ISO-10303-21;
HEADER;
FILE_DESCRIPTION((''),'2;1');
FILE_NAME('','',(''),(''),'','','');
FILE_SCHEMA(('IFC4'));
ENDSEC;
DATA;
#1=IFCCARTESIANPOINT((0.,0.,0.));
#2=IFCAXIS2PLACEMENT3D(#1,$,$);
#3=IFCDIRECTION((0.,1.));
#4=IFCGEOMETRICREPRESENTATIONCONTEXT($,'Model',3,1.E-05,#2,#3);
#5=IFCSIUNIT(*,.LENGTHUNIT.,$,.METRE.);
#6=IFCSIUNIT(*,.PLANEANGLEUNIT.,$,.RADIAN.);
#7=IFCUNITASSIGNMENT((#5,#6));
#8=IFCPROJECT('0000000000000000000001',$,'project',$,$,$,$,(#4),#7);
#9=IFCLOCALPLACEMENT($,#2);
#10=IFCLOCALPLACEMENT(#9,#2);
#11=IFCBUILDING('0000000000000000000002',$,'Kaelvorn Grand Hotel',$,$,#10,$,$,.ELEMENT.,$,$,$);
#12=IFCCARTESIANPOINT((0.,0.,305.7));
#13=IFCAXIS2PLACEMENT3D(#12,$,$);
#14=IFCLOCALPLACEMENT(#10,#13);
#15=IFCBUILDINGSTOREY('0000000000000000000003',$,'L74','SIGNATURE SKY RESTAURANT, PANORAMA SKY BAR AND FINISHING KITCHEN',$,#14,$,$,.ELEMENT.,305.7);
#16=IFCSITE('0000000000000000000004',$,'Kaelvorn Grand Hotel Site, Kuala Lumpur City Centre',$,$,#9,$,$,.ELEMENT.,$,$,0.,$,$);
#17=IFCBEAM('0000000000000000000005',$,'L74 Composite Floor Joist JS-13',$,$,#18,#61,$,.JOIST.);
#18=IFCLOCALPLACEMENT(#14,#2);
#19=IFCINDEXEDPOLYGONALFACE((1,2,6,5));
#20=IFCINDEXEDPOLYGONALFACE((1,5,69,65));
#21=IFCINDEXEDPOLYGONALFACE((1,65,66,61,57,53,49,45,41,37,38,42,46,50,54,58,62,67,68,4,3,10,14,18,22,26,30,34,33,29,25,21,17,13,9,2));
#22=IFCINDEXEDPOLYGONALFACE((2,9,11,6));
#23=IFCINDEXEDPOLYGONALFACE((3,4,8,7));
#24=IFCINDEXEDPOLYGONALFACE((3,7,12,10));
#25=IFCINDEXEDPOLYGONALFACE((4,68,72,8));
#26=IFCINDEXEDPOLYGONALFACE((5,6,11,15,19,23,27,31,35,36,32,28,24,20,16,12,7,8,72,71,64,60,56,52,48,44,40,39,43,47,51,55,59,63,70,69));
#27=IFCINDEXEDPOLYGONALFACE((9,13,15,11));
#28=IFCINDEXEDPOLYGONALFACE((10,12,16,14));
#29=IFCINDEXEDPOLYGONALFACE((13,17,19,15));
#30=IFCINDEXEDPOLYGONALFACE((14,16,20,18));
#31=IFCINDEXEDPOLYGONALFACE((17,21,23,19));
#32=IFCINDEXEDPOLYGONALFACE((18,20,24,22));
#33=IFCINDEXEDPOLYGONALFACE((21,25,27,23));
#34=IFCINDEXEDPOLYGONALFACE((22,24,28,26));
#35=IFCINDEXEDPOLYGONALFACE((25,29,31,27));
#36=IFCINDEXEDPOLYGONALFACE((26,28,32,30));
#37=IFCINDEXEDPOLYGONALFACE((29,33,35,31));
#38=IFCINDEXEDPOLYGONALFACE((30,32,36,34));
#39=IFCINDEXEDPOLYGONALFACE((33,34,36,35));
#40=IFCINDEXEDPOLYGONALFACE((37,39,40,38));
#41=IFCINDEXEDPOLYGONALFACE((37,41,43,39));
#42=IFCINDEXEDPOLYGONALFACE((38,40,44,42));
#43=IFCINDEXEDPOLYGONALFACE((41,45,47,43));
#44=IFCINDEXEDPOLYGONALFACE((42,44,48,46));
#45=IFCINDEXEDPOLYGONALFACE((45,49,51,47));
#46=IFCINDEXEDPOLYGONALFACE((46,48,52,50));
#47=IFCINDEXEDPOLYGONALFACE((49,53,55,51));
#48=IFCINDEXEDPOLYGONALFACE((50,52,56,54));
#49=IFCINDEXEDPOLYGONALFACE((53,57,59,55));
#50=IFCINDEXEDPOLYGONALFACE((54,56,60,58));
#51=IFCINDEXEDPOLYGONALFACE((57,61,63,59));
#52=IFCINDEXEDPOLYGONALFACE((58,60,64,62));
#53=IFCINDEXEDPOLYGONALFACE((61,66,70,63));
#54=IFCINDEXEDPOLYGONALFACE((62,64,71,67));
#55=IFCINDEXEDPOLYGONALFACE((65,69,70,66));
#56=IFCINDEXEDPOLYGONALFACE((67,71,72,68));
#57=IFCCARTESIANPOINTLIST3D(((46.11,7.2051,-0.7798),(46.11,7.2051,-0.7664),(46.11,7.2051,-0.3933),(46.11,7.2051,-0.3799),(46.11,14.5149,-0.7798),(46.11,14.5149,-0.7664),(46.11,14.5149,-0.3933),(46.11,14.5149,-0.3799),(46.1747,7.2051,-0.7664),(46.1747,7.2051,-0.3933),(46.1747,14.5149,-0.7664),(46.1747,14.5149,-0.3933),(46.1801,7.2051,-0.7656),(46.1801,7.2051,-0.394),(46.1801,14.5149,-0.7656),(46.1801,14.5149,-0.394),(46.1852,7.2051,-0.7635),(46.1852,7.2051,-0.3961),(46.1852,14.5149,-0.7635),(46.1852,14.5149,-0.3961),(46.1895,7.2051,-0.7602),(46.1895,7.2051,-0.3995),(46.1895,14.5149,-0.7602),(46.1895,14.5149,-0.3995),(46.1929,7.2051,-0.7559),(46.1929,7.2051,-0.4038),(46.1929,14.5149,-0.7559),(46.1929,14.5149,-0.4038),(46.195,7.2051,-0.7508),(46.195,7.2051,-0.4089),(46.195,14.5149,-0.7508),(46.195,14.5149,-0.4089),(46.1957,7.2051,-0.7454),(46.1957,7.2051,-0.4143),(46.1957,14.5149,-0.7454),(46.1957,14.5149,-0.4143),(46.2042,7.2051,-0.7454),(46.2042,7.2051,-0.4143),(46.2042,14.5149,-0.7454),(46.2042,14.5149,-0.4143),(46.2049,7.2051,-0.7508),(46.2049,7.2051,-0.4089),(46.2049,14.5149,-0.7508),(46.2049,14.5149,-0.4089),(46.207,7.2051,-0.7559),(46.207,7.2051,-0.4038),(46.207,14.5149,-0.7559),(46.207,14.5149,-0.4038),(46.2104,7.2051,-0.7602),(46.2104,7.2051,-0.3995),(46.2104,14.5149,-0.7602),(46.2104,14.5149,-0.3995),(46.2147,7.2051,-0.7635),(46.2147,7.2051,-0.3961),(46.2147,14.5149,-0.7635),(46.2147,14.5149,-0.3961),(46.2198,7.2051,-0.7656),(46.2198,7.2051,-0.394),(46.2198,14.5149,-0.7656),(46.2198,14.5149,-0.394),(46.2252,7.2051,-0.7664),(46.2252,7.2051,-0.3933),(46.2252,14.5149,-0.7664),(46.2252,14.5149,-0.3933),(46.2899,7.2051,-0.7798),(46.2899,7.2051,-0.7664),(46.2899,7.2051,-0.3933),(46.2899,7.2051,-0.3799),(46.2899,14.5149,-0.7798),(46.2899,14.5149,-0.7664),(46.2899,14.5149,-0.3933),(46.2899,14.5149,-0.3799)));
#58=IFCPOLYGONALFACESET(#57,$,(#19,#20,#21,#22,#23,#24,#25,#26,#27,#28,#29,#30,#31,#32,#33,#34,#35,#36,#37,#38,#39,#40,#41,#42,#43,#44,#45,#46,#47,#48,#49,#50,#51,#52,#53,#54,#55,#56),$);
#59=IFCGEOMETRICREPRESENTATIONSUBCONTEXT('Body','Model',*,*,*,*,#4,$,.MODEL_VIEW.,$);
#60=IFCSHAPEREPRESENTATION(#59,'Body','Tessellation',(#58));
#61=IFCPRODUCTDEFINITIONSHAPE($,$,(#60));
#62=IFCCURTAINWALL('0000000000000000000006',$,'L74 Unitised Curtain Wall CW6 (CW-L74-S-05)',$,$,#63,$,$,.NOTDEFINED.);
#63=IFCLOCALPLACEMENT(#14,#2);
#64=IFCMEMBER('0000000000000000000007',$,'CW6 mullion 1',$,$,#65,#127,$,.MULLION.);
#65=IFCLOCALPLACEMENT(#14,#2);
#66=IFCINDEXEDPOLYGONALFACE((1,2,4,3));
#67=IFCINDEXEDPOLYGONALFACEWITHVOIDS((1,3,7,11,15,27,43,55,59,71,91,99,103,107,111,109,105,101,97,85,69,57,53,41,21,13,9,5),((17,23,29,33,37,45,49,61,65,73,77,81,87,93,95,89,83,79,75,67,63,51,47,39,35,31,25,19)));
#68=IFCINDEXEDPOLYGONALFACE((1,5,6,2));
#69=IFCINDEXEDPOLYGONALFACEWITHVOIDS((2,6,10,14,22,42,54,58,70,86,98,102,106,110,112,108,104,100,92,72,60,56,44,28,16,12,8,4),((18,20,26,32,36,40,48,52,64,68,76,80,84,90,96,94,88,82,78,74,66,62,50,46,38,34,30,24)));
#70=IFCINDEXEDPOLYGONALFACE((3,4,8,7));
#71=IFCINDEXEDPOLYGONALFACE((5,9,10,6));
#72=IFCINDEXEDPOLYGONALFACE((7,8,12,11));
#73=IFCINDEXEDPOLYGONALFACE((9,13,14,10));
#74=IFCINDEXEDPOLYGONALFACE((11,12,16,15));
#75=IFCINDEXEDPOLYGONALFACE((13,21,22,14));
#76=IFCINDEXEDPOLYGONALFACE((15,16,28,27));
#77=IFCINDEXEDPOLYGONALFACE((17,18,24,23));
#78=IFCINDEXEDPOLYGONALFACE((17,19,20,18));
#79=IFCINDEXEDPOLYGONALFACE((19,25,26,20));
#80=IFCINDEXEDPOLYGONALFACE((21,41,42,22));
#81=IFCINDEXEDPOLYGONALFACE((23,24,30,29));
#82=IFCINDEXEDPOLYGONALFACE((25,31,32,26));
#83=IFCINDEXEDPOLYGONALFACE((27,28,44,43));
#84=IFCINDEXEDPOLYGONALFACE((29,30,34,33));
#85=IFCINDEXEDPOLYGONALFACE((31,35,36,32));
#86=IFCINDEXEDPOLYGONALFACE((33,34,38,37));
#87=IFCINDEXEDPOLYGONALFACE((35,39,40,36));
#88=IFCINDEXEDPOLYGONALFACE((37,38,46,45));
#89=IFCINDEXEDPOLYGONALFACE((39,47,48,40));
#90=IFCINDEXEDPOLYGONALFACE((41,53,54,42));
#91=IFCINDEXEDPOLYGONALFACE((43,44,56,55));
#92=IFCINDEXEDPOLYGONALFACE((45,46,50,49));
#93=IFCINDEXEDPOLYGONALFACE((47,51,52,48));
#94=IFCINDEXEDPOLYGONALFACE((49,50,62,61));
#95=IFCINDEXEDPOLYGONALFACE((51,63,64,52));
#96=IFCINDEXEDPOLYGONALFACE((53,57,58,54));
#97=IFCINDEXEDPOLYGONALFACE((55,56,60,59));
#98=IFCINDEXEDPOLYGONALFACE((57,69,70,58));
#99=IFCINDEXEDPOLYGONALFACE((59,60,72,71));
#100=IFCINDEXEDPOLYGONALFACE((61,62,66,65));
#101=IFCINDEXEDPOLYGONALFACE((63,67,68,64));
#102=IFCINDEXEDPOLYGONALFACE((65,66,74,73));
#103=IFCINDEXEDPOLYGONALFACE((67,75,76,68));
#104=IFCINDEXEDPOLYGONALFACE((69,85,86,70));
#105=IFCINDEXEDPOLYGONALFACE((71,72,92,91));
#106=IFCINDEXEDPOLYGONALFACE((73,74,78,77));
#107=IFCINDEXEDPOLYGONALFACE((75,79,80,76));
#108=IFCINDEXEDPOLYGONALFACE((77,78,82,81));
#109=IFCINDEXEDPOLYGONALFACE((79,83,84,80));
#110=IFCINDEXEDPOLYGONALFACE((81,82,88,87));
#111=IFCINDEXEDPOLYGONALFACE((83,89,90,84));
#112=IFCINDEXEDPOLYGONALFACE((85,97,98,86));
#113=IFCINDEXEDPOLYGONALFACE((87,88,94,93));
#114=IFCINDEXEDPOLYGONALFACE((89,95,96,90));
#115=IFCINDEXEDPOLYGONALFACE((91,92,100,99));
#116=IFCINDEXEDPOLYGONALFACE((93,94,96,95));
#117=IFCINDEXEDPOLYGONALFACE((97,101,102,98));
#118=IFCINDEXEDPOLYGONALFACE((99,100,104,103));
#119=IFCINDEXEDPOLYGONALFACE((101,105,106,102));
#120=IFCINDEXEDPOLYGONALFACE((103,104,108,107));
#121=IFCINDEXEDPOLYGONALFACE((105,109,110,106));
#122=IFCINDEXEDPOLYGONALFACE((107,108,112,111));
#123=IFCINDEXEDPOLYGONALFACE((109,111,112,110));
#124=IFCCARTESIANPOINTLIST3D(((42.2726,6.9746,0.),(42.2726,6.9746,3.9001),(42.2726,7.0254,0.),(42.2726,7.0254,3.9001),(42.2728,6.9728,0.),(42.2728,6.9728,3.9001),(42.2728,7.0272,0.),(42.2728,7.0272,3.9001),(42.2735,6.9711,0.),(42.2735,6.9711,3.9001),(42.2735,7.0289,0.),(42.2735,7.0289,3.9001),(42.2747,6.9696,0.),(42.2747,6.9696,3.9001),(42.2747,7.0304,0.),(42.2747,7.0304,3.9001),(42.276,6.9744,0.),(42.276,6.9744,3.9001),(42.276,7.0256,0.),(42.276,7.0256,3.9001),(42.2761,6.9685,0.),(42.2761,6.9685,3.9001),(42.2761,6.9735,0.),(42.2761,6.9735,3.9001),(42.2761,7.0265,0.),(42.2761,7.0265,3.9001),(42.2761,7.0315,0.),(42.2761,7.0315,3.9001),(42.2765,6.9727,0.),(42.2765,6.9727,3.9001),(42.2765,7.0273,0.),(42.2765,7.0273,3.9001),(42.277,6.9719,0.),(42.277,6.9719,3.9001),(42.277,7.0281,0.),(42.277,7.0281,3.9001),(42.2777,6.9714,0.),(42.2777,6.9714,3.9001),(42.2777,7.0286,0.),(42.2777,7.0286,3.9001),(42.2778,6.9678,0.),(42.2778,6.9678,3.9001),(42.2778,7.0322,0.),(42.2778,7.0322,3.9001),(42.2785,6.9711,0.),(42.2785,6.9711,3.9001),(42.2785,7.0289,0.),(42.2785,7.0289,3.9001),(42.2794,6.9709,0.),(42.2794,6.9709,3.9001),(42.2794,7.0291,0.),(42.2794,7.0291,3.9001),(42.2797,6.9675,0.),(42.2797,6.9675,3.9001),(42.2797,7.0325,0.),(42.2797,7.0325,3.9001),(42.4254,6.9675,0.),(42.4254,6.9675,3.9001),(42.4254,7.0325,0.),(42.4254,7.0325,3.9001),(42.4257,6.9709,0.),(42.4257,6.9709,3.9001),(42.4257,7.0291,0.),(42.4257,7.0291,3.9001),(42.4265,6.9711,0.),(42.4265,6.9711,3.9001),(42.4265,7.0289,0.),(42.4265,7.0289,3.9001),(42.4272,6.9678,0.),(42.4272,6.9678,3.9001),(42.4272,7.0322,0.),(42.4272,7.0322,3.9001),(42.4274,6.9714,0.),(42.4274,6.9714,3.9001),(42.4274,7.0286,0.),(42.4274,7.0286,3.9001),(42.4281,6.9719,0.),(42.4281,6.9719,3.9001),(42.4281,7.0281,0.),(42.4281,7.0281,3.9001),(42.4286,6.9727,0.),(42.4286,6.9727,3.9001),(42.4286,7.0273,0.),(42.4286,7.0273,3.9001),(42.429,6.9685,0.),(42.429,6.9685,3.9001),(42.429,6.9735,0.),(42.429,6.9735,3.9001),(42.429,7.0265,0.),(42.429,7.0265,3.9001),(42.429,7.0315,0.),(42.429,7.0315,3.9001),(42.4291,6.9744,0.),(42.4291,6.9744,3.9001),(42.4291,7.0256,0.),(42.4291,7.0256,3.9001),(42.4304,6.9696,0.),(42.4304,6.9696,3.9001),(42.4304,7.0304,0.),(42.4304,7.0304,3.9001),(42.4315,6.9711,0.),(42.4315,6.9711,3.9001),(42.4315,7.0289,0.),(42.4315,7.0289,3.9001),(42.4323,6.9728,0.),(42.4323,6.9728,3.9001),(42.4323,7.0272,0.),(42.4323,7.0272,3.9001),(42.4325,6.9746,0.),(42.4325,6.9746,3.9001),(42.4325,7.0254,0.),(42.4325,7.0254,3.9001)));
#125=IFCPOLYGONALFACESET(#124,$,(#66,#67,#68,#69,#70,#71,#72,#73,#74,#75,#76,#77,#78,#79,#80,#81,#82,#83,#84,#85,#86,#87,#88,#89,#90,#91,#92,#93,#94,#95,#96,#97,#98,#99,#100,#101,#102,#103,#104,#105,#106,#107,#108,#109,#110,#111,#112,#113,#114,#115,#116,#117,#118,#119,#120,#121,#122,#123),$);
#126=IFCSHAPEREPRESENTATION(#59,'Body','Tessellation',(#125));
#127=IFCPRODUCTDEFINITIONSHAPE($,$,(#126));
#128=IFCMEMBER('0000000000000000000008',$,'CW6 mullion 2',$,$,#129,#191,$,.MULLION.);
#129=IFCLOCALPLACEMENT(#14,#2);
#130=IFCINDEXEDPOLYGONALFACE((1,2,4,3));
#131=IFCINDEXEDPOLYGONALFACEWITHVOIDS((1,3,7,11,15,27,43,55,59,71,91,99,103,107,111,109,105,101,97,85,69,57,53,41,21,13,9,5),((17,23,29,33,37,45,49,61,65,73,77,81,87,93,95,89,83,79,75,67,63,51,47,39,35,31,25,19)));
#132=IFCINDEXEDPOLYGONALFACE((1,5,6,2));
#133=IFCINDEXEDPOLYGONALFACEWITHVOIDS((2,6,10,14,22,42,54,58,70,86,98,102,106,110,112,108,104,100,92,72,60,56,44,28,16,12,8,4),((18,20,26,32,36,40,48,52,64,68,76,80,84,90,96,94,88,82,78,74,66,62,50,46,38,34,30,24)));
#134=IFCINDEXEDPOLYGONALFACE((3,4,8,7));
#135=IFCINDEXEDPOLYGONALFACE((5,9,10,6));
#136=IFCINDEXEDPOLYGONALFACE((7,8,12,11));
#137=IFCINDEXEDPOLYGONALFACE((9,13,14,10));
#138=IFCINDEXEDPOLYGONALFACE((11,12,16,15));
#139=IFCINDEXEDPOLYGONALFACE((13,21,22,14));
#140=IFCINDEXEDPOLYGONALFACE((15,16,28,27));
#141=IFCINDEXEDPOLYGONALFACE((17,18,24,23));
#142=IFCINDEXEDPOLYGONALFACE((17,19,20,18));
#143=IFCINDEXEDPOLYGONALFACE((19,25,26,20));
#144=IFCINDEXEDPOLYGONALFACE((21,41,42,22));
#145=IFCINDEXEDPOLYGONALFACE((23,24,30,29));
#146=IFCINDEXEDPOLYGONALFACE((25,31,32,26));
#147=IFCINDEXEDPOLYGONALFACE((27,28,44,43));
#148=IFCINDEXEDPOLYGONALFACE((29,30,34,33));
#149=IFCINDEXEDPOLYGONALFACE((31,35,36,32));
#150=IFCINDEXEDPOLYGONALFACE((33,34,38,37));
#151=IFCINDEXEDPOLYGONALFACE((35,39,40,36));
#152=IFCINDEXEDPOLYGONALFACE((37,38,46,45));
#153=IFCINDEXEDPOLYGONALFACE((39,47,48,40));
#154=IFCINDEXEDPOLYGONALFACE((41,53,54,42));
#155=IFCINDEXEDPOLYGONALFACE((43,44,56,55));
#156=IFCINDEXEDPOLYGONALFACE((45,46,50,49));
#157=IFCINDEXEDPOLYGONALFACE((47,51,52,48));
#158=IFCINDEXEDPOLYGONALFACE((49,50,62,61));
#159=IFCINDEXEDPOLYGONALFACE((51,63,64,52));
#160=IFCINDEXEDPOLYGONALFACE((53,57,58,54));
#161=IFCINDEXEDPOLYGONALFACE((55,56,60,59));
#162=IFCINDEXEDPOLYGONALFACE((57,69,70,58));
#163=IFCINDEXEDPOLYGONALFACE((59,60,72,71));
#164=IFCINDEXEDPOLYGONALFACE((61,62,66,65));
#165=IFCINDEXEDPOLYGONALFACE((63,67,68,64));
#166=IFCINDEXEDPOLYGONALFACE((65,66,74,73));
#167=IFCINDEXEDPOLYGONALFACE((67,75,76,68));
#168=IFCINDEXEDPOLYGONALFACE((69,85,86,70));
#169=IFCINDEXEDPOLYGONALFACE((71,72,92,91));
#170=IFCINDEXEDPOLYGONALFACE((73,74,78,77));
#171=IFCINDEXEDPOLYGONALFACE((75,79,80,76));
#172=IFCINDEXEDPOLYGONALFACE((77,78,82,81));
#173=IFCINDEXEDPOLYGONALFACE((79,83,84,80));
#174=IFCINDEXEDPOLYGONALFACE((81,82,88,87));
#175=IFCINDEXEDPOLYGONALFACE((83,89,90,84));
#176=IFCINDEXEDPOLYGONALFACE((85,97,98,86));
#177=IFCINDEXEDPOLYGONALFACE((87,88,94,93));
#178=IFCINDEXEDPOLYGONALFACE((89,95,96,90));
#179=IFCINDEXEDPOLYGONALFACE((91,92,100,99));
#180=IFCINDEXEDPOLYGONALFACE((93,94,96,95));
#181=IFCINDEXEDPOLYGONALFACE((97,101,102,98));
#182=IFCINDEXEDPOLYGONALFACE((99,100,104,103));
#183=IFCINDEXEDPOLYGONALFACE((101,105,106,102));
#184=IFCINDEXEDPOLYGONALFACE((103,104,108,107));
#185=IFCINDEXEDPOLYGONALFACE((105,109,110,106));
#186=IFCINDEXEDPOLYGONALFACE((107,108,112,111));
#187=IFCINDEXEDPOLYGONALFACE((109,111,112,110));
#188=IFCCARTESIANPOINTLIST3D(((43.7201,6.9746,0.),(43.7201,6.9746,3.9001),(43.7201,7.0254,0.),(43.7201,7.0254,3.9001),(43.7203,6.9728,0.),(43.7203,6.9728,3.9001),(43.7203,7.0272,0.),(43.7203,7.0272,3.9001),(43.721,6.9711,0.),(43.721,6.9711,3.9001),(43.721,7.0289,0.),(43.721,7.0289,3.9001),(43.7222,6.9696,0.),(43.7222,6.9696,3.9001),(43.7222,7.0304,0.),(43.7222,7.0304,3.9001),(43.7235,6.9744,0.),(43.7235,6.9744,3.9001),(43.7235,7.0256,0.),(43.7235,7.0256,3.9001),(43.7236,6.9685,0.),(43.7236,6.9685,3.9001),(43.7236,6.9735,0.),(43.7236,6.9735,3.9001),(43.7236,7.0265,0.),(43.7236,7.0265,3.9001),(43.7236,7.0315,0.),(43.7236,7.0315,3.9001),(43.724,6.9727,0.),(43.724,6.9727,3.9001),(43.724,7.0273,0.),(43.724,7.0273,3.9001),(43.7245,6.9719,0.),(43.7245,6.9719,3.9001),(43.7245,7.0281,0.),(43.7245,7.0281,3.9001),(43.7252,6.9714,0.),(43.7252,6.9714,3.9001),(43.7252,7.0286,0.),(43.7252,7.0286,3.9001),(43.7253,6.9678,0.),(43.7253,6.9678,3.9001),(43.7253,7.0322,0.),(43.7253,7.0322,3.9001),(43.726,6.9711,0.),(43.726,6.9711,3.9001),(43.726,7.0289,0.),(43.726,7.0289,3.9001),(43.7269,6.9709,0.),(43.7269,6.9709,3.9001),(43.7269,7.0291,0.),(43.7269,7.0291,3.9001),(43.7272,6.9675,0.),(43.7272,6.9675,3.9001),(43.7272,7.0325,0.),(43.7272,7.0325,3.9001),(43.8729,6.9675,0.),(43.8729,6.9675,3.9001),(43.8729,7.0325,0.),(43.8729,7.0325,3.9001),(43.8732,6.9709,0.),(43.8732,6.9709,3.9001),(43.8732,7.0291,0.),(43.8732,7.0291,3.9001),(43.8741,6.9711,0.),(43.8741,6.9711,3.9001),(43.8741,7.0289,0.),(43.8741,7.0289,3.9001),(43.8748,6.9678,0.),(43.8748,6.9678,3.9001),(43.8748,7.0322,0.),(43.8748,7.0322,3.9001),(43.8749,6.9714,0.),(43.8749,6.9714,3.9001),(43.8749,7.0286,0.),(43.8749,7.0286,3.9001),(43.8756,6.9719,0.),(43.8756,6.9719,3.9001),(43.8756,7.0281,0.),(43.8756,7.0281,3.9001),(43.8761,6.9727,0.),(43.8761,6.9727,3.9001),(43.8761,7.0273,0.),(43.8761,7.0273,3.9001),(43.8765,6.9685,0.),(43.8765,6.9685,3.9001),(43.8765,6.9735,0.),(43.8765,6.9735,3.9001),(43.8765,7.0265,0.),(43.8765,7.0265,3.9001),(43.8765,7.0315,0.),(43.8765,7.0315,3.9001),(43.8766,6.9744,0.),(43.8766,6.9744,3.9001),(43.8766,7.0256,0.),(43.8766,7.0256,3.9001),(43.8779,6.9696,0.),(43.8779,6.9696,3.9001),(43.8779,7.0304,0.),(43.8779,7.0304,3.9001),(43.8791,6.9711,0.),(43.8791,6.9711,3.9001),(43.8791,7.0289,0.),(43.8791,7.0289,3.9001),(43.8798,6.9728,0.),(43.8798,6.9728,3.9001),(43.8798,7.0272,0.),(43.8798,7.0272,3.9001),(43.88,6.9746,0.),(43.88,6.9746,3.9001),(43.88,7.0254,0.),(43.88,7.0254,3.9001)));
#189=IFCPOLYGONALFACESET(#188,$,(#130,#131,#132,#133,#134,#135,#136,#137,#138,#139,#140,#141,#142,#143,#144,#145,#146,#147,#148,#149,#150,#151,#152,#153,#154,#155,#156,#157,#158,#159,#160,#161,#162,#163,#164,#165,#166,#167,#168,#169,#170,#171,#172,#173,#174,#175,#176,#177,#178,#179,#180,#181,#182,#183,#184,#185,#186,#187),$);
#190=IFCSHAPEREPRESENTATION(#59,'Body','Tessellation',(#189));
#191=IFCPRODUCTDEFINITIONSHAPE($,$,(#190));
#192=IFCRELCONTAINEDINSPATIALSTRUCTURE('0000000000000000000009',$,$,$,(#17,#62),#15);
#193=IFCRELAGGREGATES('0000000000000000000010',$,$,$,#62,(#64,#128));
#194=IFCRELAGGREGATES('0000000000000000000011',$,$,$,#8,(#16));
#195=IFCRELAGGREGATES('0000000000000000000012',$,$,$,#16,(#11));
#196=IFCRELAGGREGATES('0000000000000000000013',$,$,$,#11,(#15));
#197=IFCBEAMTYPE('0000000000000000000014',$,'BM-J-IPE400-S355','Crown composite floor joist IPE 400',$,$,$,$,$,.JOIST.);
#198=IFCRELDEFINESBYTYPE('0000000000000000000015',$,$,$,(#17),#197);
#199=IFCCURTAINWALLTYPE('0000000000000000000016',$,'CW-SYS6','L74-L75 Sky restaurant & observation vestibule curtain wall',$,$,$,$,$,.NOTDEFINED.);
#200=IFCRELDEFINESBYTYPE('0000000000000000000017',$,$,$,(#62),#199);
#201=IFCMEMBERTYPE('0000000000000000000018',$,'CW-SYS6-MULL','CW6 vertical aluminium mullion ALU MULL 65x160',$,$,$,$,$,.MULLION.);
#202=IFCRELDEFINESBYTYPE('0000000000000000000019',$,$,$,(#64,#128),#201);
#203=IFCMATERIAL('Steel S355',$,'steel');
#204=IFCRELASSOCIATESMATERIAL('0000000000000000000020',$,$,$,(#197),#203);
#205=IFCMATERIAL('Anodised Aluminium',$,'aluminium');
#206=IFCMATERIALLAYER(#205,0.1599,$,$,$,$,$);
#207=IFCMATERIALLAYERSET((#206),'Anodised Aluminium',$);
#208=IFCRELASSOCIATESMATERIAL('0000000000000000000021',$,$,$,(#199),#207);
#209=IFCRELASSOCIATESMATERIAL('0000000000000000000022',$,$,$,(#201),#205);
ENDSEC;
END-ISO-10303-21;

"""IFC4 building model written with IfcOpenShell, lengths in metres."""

from ifc_helpers import new_model, si_unit, direction, frame, origin, origin_2d, place, context, subcontext, project, spatial, hollow_rectangle, i_section, extrude, material, layer, layer_set, material_profile, profile_set, type_object, element, aggregate, save


model = new_model("IFC4")

# Units and contexts
model_context = context("Model", 3, precision=1e-05, world=origin(), true_north=direction((0.0, 1.0)))
body_context = subcontext(model_context, "Body", "Model", "MODEL_VIEW")
ifc_project = project(units=[si_unit("LENGTHUNIT", "METRE"), si_unit("PLANEANGLEUNIT", "RADIAN")], contexts=[model_context])

# Site, building, storey
site_placement = place(None, origin())
site = spatial("IfcSite", under=ifc_project, at=site_placement, Name="Kaelvorn Grand Hotel Site, Kuala Lumpur City Centre", CompositionType="ELEMENT", RefElevation=0.0)
building_placement = place(site_placement, origin())
building = spatial("IfcBuilding", under=site, at=building_placement, Name="Kaelvorn Grand Hotel", CompositionType="ELEMENT")
storey_placement = place(building_placement, frame((0.0, 0.0, 305.7)))
storey = spatial("IfcBuildingStorey", under=building, at=storey_placement, Name="L74", Description="SIGNATURE SKY RESTAURANT, PANORAMA SKY BAR AND FINISHING KITCHEN", CompositionType="ELEMENT", Elevation=305.7)

# Shared definitions
ifc_material_1 = material(Name="Steel S355", Category="steel")

# Beam
ifc_material_profile_1 = material_profile(ifc_material_1, i_section(OverallWidth=0.1799, OverallDepth=0.3999, WebThickness=0.0085, FlangeThickness=0.0134, FilletRadius=0.021, at=origin_2d()), Name="IPE 400")
ifc_profile_set_1 = profile_set([ifc_material_profile_1], Name="Steel S355")
beam_type_1 = type_object("IfcBeamType", Name="BM-J-IPE400-S355", Description="Crown composite floor joist IPE 400", PredefinedType="JOIST", material=ifc_profile_set_1)
beam_1_placement = place(storey_placement, frame((46.2, 7.2051, -0.5798), z_axis=(0.0, 1.0, 0.0), x_axis=(-1.0, 0.0, 0.0)))
element("IfcBeam", 1, at=beam_1_placement, inside=storey, type_object=beam_type_1, Name="L74 Composite Floor Joist JS-13", PredefinedType="JOIST", context=body_context, shape_type="SweptSolid", body=[
    extrude(i_section(OverallWidth=0.1799, OverallDepth=0.3999, WebThickness=0.0085, FlangeThickness=0.0134, FilletRadius=0.021, at=origin_2d()), origin(), (0.0, 0.0, 1.0), 7.3098),
])

# Curtain wall, members
ifc_material_2 = material(Name="Anodised Aluminium", Category="aluminium")
ifc_layer_1 = layer(ifc_material_2, 0.1599)
ifc_layer_set_1 = layer_set([ifc_layer_1], Name="Anodised Aluminium")
curtain_wall_type = type_object("IfcCurtainWallType", Name="CW-SYS6", Description="L74-L75 Sky restaurant & observation vestibule curtain wall", PredefinedType="NOTDEFINED", material=ifc_layer_set_1)
curtain_wall_placement = place(storey_placement, origin())
curtain_wall = element("IfcCurtainWall", 2, at=curtain_wall_placement, inside=storey, type_object=curtain_wall_type, Name="L74 Unitised Curtain Wall CW6 (CW-L74-S-05)", PredefinedType="NOTDEFINED")
ifc_material_profile_2 = material_profile(ifc_material_2, hollow_rectangle(XDim=0.0649, YDim=0.1599, WallThickness=0.0034, InnerFilletRadius=0.0034, OuterFilletRadius=0.0071, at=origin_2d()), Name="ALU MULL 65x160")
ifc_profile_set_2 = profile_set([ifc_material_profile_2], Name="Anodised Aluminium")
member_type_1 = type_object("IfcMemberType", Name="CW-SYS6-MULL", Description="CW6 vertical aluminium mullion ALU MULL 65x160", PredefinedType="MULLION", material=ifc_profile_set_2)
member_1_placement = place(storey_placement, frame((42.3525, 7.0, 0.0), z_axis=(0.0, 0.0, 1.0), x_axis=(0.0, 1.0, 0.0)))
member_1 = element("IfcMember", 3, at=member_1_placement, type_object=member_type_1, Name="CW6 mullion 1", PredefinedType="MULLION", context=body_context, shape_type="SweptSolid", body=[
    extrude(hollow_rectangle(XDim=0.0649, YDim=0.1599, WallThickness=0.0034, InnerFilletRadius=0.0034, OuterFilletRadius=0.0071, at=origin_2d()), origin(), (0.0, 0.0, 1.0), 3.9001),
])
member_2_placement = place(storey_placement, frame((43.8, 7.0, 0.0), z_axis=(0.0, 0.0, 1.0), x_axis=(0.0, 1.0, 0.0)))
member_2 = element("IfcMember", 4, at=member_2_placement, type_object=member_type_1, Name="CW6 mullion 2", PredefinedType="MULLION", context=body_context, shape_type="SweptSolid", body=[
    extrude(hollow_rectangle(XDim=0.0649, YDim=0.1599, WallThickness=0.0034, InnerFilletRadius=0.0034, OuterFilletRadius=0.0071, at=origin_2d()), origin(), (0.0, 0.0, 1.0), 3.9001),
])
aggregate(curtain_wall, [member_1, member_2])

save(model, "model.ifc")
